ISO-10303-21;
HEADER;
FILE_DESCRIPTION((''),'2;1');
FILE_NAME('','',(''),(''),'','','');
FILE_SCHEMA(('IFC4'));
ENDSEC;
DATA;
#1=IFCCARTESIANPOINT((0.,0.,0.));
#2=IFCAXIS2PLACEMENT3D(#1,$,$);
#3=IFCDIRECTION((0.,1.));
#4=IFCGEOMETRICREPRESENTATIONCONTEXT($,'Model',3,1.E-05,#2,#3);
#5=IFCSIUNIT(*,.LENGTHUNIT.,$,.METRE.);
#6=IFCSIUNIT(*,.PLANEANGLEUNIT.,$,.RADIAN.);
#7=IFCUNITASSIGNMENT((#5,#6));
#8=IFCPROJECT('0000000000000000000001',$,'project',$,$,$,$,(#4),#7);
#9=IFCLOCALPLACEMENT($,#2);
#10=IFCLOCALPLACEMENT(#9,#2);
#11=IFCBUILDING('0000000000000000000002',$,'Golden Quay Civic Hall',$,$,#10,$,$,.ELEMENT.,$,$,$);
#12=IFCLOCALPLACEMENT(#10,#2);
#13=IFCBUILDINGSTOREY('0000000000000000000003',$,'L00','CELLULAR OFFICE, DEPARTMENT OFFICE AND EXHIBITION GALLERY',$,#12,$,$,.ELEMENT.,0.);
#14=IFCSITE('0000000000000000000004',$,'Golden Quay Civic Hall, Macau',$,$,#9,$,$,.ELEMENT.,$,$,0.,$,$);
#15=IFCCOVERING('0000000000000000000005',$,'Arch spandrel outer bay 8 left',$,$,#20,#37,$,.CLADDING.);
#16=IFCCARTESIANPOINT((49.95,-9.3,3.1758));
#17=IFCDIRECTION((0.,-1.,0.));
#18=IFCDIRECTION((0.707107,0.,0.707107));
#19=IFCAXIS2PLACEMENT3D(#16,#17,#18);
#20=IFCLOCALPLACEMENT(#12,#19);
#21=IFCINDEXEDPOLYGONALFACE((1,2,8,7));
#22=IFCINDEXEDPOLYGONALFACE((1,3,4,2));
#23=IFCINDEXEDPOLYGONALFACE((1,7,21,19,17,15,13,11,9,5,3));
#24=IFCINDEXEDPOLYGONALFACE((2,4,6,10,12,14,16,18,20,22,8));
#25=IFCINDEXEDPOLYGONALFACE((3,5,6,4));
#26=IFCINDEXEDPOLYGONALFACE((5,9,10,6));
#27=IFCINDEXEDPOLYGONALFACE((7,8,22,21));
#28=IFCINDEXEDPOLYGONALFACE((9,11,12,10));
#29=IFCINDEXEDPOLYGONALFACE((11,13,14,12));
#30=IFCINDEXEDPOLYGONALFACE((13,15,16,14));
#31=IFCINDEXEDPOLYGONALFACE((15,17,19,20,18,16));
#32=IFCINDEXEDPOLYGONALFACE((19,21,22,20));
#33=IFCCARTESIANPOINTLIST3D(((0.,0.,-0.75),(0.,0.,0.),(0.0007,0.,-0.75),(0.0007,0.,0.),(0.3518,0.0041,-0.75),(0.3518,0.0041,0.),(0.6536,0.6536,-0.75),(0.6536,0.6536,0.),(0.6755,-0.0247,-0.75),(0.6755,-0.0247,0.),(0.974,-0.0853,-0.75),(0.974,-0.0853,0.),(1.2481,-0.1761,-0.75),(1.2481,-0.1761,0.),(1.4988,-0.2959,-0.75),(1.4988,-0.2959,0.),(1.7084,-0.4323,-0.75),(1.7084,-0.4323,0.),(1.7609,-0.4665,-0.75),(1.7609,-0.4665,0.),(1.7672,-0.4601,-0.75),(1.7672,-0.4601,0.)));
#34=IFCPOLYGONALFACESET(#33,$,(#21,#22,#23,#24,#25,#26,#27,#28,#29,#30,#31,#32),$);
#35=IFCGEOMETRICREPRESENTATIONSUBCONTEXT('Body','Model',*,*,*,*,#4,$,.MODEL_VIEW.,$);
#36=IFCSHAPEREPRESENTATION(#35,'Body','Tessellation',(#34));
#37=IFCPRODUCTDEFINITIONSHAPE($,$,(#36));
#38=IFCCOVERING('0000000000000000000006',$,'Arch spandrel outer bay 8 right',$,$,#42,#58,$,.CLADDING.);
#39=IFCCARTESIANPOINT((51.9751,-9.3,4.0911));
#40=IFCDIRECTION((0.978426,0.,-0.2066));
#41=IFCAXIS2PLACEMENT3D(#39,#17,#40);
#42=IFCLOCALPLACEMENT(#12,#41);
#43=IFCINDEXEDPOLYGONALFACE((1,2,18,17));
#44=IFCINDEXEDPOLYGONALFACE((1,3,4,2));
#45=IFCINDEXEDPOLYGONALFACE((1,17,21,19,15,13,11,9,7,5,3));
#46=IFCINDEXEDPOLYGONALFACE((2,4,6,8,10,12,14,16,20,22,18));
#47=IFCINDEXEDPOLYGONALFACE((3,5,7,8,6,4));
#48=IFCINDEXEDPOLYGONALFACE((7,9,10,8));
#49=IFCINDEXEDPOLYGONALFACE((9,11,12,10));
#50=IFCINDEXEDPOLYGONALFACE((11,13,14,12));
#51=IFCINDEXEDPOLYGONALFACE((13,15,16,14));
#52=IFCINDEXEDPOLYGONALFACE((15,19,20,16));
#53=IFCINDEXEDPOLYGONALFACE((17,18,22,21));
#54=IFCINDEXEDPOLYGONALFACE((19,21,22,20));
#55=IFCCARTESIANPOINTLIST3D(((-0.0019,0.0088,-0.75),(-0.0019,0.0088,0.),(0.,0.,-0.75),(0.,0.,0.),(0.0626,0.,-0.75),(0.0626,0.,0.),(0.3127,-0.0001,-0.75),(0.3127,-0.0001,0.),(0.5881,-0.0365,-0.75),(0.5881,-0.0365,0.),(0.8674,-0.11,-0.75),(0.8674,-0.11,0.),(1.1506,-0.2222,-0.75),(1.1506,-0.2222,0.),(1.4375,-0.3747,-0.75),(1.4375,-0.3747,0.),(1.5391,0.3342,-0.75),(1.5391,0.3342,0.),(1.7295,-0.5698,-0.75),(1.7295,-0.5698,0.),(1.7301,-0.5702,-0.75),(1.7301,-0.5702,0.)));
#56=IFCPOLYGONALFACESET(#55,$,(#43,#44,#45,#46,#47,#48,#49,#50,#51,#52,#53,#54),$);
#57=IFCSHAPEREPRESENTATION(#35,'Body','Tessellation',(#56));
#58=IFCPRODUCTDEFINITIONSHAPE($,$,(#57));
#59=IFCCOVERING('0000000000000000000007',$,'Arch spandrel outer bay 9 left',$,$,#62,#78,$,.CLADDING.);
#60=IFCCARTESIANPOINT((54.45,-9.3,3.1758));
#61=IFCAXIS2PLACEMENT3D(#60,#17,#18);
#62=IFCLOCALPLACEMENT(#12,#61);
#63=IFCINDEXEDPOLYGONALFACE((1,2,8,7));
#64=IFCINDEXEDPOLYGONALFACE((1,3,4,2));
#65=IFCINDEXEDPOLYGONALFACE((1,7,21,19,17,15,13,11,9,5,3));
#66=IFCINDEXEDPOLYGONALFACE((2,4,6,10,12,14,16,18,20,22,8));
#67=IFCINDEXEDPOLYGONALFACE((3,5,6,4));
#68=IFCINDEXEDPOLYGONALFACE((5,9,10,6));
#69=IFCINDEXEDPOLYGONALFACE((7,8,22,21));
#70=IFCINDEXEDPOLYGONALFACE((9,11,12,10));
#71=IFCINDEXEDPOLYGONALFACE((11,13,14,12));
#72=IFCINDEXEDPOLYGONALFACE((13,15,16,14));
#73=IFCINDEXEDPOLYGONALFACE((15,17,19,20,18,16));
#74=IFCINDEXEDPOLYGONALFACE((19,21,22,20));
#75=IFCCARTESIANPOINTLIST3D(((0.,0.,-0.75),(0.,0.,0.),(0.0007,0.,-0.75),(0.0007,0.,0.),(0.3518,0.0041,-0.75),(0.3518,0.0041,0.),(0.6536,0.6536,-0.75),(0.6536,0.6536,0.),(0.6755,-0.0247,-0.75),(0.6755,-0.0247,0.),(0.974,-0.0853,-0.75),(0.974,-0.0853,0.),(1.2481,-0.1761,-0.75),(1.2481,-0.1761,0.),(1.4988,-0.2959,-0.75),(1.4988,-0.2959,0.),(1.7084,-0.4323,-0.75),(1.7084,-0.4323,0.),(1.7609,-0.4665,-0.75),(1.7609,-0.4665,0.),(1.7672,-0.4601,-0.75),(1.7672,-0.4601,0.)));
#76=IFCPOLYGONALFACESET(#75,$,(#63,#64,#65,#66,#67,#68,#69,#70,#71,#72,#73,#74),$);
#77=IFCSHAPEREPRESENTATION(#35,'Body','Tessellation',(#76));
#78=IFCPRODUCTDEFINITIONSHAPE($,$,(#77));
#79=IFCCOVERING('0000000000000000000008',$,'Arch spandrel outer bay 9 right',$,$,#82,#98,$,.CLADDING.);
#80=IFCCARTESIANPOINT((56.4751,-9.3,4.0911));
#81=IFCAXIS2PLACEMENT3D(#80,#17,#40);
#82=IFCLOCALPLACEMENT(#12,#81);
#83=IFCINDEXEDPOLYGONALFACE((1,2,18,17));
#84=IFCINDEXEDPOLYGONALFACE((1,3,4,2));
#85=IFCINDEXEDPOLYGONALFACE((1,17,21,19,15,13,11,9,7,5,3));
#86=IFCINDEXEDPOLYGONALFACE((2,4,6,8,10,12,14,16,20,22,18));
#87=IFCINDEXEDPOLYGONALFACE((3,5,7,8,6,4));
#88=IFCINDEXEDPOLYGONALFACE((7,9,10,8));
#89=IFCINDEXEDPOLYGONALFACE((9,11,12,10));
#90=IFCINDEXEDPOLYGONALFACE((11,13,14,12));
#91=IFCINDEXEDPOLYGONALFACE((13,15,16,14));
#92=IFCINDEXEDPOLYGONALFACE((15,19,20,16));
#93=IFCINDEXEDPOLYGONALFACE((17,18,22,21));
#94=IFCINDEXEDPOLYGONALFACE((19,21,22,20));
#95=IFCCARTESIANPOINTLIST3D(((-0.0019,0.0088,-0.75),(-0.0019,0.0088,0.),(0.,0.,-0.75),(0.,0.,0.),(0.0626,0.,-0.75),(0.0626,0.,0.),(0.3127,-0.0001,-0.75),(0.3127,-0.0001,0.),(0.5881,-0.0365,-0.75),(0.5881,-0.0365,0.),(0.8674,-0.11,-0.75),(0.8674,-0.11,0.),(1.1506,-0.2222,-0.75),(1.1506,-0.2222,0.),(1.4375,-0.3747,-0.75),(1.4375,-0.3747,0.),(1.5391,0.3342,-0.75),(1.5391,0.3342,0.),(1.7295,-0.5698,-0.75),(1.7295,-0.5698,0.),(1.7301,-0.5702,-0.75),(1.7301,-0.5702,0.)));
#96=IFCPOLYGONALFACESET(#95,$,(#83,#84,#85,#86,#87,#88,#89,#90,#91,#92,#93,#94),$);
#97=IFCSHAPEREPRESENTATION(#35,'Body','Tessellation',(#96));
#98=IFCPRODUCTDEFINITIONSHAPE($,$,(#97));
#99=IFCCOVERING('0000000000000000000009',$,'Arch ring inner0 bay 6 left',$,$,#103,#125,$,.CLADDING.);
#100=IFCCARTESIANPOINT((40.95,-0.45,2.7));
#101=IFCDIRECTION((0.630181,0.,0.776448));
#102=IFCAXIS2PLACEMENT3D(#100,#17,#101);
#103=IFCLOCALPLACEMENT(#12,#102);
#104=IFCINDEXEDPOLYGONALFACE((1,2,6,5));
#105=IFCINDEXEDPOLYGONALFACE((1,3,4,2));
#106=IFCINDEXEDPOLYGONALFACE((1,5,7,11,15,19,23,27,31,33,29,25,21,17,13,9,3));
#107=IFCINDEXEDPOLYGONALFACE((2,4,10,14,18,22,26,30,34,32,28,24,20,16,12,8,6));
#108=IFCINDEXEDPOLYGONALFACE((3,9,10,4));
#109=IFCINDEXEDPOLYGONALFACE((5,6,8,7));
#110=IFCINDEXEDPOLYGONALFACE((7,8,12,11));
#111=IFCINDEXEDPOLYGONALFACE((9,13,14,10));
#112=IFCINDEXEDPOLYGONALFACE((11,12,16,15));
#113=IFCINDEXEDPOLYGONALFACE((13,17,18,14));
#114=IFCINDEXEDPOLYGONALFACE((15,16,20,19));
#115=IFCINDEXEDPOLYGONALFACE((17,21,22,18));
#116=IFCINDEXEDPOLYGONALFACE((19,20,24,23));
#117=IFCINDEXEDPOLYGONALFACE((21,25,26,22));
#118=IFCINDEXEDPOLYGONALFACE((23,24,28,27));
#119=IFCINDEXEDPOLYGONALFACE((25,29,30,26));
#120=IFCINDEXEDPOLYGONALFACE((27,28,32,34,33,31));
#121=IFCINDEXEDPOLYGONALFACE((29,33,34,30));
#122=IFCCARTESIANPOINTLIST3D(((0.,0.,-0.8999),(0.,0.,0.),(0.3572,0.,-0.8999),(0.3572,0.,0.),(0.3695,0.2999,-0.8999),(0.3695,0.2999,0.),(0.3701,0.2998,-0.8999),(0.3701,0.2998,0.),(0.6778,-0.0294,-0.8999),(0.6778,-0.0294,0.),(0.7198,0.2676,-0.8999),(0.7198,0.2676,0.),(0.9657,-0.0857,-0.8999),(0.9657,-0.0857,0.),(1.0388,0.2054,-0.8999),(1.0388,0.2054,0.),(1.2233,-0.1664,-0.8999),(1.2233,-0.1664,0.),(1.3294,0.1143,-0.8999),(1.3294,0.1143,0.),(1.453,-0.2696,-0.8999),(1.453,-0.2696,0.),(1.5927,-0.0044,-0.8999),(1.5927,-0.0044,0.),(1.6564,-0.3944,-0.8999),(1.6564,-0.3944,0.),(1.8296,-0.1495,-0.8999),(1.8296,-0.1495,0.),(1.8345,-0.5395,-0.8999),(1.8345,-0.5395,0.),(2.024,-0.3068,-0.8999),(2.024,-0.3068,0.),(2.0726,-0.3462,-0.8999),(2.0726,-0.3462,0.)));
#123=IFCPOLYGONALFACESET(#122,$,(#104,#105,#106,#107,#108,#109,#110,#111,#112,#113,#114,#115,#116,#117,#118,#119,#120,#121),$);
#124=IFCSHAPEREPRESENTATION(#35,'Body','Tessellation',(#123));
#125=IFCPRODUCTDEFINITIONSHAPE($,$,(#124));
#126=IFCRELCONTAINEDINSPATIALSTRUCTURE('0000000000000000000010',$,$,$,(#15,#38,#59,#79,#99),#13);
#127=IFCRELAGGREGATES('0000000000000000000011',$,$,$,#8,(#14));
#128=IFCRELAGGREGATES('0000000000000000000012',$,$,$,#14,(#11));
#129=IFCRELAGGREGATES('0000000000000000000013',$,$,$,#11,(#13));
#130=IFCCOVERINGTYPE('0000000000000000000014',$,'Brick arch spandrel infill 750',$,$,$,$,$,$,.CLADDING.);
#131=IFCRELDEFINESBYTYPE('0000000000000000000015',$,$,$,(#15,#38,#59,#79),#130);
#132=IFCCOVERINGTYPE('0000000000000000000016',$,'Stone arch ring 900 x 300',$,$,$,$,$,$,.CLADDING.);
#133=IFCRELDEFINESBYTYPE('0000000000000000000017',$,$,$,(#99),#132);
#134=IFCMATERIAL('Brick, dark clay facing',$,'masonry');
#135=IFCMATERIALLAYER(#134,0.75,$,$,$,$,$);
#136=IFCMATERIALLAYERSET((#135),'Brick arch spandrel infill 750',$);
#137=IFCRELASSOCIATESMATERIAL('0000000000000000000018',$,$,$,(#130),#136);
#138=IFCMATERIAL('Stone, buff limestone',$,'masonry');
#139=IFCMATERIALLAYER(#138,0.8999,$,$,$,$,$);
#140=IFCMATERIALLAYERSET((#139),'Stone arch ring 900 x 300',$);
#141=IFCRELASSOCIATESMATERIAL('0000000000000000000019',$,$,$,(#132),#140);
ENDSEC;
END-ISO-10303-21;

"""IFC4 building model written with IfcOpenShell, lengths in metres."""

from ifc_helpers import new_model, si_unit, direction, frame, origin, place, context, subcontext, project, spatial, polyline, outline, extrude, material, layer, layer_set, type_object, element, save


model = new_model("IFC4")

# Units and contexts
model_context = context("Model", 3, precision=1e-05, world=origin(), true_north=direction((0.0, 1.0)))
body_context = subcontext(model_context, "Body", "Model", "MODEL_VIEW")
ifc_project = project(units=[si_unit("LENGTHUNIT", "METRE"), si_unit("PLANEANGLEUNIT", "RADIAN")], contexts=[model_context])

# Site, building, storey
site_placement = place(None, origin())
site = spatial("IfcSite", under=ifc_project, at=site_placement, Name="Golden Quay Civic Hall, Macau", CompositionType="ELEMENT", RefElevation=0.0)
building_placement = place(site_placement, origin())
building = spatial("IfcBuilding", under=site, at=building_placement, Name="Golden Quay Civic Hall", CompositionType="ELEMENT")
storey_placement = place(building_placement, origin())
storey = spatial("IfcBuildingStorey", under=building, at=storey_placement, Name="L00", Description="CELLULAR OFFICE, DEPARTMENT OFFICE AND EXHIBITION GALLERY", CompositionType="ELEMENT", Elevation=0.0)

# Coverings
ifc_material_1 = material(Name="Brick, dark clay facing", Category="masonry")
ifc_layer_1 = layer(ifc_material_1, 0.75)
ifc_layer_set_1 = layer_set([ifc_layer_1], Name="Brick arch spandrel infill 750")
covering_type_1 = type_object("IfcCoveringType", Name="Brick arch spandrel infill 750", PredefinedType="CLADDING", material=ifc_layer_set_1)
covering_1_placement = place(storey_placement, frame((49.95, -9.3, 3.1758), z_axis=(0.0, -1.0, 0.0), x_axis=(0.707107, 0.0, 0.707107)))
element("IfcCovering", 1, at=covering_1_placement, inside=storey, type_object=covering_type_1, Name="Arch spandrel outer bay 8 left", PredefinedType="CLADDING", context=body_context, shape_type="SweptSolid", body=[
    extrude(outline(polyline([(0.0, 0.0), (0.0007, 0.0), (0.3518, 0.0041), (0.6755, -0.0247), (0.974, -0.0853), (1.2481, -0.1761), (1.4988, -0.2959), (1.7084, -0.4323), (1.7609, -0.4665), (1.7672, -0.4601), (0.6536, 0.6536), (0.0, 0.0)])), origin(), (0.0, 0.0, -1.0), 0.75),
])
covering_2_placement = place(storey_placement, frame((51.9751, -9.3, 4.0911), z_axis=(0.0, -1.0, 0.0), x_axis=(0.978426, 0.0, -0.2066)))
element("IfcCovering", 2, at=covering_2_placement, inside=storey, type_object=covering_type_1, Name="Arch spandrel outer bay 8 right", PredefinedType="CLADDING", context=body_context, shape_type="SweptSolid", body=[
    extrude(outline(polyline([(0.0, 0.0), (0.0626, 0.0), (0.3127, -0.0001), (0.5881, -0.0365), (0.8674, -0.11), (1.1506, -0.2222), (1.4375, -0.3747), (1.7295, -0.5698), (1.7301, -0.5702), (1.5391, 0.3342), (-0.0019, 0.0088), (0.0, 0.0)])), origin(), (0.0, 0.0, -1.0), 0.75),
])
covering_3_placement = place(storey_placement, frame((54.45, -9.3, 3.1758), z_axis=(0.0, -1.0, 0.0), x_axis=(0.707107, 0.0, 0.707107)))
element("IfcCovering", 3, at=covering_3_placement, inside=storey, type_object=covering_type_1, Name="Arch spandrel outer bay 9 left", PredefinedType="CLADDING", context=body_context, shape_type="SweptSolid", body=[
    extrude(outline(polyline([(0.0, 0.0), (0.0007, 0.0), (0.3518, 0.0041), (0.6755, -0.0247), (0.974, -0.0853), (1.2481, -0.1761), (1.4988, -0.2959), (1.7084, -0.4323), (1.7609, -0.4665), (1.7672, -0.4601), (0.6536, 0.6536), (0.0, 0.0)])), origin(), (0.0, 0.0, -1.0), 0.75),
])
covering_4_placement = place(storey_placement, frame((56.4751, -9.3, 4.0911), z_axis=(0.0, -1.0, 0.0), x_axis=(0.978426, 0.0, -0.2066)))
element("IfcCovering", 4, at=covering_4_placement, inside=storey, type_object=covering_type_1, Name="Arch spandrel outer bay 9 right", PredefinedType="CLADDING", context=body_context, shape_type="SweptSolid", body=[
    extrude(outline(polyline([(0.0, 0.0), (0.0626, 0.0), (0.3127, -0.0001), (0.5881, -0.0365), (0.8674, -0.11), (1.1506, -0.2222), (1.4375, -0.3747), (1.7295, -0.5698), (1.7301, -0.5702), (1.5391, 0.3342), (-0.0019, 0.0088), (0.0, 0.0)])), origin(), (0.0, 0.0, -1.0), 0.75),
])
ifc_material_2 = material(Name="Stone, buff limestone", Category="masonry")
ifc_layer_2 = layer(ifc_material_2, 0.8999)
ifc_layer_set_2 = layer_set([ifc_layer_2], Name="Stone arch ring 900 x 300")
covering_type_2 = type_object("IfcCoveringType", Name="Stone arch ring 900 x 300", PredefinedType="CLADDING", material=ifc_layer_set_2)
covering_5_placement = place(storey_placement, frame((40.95, -0.45, 2.7), z_axis=(0.0, -1.0, 0.0), x_axis=(0.630181, 0.0, 0.776448)))
element("IfcCovering", 5, at=covering_5_placement, inside=storey, type_object=covering_type_2, Name="Arch ring inner0 bay 6 left", PredefinedType="CLADDING", context=body_context, shape_type="SweptSolid", body=[
    extrude(outline(polyline([(0.0, 0.0), (0.3572, 0.0), (0.6778, -0.0294), (0.9657, -0.0857), (1.2233, -0.1664), (1.453, -0.2696), (1.6564, -0.3944), (1.8345, -0.5395), (2.0726, -0.3462), (2.024, -0.3068), (1.8296, -0.1495), (1.5927, -0.0044), (1.3294, 0.1143), (1.0388, 0.2054), (0.7198, 0.2676), (0.3701, 0.2998), (0.3695, 0.2999), (0.0, 0.0)])), origin(), (0.0, 0.0, -1.0), 0.8999),
])

save(model, "model.ifc")
